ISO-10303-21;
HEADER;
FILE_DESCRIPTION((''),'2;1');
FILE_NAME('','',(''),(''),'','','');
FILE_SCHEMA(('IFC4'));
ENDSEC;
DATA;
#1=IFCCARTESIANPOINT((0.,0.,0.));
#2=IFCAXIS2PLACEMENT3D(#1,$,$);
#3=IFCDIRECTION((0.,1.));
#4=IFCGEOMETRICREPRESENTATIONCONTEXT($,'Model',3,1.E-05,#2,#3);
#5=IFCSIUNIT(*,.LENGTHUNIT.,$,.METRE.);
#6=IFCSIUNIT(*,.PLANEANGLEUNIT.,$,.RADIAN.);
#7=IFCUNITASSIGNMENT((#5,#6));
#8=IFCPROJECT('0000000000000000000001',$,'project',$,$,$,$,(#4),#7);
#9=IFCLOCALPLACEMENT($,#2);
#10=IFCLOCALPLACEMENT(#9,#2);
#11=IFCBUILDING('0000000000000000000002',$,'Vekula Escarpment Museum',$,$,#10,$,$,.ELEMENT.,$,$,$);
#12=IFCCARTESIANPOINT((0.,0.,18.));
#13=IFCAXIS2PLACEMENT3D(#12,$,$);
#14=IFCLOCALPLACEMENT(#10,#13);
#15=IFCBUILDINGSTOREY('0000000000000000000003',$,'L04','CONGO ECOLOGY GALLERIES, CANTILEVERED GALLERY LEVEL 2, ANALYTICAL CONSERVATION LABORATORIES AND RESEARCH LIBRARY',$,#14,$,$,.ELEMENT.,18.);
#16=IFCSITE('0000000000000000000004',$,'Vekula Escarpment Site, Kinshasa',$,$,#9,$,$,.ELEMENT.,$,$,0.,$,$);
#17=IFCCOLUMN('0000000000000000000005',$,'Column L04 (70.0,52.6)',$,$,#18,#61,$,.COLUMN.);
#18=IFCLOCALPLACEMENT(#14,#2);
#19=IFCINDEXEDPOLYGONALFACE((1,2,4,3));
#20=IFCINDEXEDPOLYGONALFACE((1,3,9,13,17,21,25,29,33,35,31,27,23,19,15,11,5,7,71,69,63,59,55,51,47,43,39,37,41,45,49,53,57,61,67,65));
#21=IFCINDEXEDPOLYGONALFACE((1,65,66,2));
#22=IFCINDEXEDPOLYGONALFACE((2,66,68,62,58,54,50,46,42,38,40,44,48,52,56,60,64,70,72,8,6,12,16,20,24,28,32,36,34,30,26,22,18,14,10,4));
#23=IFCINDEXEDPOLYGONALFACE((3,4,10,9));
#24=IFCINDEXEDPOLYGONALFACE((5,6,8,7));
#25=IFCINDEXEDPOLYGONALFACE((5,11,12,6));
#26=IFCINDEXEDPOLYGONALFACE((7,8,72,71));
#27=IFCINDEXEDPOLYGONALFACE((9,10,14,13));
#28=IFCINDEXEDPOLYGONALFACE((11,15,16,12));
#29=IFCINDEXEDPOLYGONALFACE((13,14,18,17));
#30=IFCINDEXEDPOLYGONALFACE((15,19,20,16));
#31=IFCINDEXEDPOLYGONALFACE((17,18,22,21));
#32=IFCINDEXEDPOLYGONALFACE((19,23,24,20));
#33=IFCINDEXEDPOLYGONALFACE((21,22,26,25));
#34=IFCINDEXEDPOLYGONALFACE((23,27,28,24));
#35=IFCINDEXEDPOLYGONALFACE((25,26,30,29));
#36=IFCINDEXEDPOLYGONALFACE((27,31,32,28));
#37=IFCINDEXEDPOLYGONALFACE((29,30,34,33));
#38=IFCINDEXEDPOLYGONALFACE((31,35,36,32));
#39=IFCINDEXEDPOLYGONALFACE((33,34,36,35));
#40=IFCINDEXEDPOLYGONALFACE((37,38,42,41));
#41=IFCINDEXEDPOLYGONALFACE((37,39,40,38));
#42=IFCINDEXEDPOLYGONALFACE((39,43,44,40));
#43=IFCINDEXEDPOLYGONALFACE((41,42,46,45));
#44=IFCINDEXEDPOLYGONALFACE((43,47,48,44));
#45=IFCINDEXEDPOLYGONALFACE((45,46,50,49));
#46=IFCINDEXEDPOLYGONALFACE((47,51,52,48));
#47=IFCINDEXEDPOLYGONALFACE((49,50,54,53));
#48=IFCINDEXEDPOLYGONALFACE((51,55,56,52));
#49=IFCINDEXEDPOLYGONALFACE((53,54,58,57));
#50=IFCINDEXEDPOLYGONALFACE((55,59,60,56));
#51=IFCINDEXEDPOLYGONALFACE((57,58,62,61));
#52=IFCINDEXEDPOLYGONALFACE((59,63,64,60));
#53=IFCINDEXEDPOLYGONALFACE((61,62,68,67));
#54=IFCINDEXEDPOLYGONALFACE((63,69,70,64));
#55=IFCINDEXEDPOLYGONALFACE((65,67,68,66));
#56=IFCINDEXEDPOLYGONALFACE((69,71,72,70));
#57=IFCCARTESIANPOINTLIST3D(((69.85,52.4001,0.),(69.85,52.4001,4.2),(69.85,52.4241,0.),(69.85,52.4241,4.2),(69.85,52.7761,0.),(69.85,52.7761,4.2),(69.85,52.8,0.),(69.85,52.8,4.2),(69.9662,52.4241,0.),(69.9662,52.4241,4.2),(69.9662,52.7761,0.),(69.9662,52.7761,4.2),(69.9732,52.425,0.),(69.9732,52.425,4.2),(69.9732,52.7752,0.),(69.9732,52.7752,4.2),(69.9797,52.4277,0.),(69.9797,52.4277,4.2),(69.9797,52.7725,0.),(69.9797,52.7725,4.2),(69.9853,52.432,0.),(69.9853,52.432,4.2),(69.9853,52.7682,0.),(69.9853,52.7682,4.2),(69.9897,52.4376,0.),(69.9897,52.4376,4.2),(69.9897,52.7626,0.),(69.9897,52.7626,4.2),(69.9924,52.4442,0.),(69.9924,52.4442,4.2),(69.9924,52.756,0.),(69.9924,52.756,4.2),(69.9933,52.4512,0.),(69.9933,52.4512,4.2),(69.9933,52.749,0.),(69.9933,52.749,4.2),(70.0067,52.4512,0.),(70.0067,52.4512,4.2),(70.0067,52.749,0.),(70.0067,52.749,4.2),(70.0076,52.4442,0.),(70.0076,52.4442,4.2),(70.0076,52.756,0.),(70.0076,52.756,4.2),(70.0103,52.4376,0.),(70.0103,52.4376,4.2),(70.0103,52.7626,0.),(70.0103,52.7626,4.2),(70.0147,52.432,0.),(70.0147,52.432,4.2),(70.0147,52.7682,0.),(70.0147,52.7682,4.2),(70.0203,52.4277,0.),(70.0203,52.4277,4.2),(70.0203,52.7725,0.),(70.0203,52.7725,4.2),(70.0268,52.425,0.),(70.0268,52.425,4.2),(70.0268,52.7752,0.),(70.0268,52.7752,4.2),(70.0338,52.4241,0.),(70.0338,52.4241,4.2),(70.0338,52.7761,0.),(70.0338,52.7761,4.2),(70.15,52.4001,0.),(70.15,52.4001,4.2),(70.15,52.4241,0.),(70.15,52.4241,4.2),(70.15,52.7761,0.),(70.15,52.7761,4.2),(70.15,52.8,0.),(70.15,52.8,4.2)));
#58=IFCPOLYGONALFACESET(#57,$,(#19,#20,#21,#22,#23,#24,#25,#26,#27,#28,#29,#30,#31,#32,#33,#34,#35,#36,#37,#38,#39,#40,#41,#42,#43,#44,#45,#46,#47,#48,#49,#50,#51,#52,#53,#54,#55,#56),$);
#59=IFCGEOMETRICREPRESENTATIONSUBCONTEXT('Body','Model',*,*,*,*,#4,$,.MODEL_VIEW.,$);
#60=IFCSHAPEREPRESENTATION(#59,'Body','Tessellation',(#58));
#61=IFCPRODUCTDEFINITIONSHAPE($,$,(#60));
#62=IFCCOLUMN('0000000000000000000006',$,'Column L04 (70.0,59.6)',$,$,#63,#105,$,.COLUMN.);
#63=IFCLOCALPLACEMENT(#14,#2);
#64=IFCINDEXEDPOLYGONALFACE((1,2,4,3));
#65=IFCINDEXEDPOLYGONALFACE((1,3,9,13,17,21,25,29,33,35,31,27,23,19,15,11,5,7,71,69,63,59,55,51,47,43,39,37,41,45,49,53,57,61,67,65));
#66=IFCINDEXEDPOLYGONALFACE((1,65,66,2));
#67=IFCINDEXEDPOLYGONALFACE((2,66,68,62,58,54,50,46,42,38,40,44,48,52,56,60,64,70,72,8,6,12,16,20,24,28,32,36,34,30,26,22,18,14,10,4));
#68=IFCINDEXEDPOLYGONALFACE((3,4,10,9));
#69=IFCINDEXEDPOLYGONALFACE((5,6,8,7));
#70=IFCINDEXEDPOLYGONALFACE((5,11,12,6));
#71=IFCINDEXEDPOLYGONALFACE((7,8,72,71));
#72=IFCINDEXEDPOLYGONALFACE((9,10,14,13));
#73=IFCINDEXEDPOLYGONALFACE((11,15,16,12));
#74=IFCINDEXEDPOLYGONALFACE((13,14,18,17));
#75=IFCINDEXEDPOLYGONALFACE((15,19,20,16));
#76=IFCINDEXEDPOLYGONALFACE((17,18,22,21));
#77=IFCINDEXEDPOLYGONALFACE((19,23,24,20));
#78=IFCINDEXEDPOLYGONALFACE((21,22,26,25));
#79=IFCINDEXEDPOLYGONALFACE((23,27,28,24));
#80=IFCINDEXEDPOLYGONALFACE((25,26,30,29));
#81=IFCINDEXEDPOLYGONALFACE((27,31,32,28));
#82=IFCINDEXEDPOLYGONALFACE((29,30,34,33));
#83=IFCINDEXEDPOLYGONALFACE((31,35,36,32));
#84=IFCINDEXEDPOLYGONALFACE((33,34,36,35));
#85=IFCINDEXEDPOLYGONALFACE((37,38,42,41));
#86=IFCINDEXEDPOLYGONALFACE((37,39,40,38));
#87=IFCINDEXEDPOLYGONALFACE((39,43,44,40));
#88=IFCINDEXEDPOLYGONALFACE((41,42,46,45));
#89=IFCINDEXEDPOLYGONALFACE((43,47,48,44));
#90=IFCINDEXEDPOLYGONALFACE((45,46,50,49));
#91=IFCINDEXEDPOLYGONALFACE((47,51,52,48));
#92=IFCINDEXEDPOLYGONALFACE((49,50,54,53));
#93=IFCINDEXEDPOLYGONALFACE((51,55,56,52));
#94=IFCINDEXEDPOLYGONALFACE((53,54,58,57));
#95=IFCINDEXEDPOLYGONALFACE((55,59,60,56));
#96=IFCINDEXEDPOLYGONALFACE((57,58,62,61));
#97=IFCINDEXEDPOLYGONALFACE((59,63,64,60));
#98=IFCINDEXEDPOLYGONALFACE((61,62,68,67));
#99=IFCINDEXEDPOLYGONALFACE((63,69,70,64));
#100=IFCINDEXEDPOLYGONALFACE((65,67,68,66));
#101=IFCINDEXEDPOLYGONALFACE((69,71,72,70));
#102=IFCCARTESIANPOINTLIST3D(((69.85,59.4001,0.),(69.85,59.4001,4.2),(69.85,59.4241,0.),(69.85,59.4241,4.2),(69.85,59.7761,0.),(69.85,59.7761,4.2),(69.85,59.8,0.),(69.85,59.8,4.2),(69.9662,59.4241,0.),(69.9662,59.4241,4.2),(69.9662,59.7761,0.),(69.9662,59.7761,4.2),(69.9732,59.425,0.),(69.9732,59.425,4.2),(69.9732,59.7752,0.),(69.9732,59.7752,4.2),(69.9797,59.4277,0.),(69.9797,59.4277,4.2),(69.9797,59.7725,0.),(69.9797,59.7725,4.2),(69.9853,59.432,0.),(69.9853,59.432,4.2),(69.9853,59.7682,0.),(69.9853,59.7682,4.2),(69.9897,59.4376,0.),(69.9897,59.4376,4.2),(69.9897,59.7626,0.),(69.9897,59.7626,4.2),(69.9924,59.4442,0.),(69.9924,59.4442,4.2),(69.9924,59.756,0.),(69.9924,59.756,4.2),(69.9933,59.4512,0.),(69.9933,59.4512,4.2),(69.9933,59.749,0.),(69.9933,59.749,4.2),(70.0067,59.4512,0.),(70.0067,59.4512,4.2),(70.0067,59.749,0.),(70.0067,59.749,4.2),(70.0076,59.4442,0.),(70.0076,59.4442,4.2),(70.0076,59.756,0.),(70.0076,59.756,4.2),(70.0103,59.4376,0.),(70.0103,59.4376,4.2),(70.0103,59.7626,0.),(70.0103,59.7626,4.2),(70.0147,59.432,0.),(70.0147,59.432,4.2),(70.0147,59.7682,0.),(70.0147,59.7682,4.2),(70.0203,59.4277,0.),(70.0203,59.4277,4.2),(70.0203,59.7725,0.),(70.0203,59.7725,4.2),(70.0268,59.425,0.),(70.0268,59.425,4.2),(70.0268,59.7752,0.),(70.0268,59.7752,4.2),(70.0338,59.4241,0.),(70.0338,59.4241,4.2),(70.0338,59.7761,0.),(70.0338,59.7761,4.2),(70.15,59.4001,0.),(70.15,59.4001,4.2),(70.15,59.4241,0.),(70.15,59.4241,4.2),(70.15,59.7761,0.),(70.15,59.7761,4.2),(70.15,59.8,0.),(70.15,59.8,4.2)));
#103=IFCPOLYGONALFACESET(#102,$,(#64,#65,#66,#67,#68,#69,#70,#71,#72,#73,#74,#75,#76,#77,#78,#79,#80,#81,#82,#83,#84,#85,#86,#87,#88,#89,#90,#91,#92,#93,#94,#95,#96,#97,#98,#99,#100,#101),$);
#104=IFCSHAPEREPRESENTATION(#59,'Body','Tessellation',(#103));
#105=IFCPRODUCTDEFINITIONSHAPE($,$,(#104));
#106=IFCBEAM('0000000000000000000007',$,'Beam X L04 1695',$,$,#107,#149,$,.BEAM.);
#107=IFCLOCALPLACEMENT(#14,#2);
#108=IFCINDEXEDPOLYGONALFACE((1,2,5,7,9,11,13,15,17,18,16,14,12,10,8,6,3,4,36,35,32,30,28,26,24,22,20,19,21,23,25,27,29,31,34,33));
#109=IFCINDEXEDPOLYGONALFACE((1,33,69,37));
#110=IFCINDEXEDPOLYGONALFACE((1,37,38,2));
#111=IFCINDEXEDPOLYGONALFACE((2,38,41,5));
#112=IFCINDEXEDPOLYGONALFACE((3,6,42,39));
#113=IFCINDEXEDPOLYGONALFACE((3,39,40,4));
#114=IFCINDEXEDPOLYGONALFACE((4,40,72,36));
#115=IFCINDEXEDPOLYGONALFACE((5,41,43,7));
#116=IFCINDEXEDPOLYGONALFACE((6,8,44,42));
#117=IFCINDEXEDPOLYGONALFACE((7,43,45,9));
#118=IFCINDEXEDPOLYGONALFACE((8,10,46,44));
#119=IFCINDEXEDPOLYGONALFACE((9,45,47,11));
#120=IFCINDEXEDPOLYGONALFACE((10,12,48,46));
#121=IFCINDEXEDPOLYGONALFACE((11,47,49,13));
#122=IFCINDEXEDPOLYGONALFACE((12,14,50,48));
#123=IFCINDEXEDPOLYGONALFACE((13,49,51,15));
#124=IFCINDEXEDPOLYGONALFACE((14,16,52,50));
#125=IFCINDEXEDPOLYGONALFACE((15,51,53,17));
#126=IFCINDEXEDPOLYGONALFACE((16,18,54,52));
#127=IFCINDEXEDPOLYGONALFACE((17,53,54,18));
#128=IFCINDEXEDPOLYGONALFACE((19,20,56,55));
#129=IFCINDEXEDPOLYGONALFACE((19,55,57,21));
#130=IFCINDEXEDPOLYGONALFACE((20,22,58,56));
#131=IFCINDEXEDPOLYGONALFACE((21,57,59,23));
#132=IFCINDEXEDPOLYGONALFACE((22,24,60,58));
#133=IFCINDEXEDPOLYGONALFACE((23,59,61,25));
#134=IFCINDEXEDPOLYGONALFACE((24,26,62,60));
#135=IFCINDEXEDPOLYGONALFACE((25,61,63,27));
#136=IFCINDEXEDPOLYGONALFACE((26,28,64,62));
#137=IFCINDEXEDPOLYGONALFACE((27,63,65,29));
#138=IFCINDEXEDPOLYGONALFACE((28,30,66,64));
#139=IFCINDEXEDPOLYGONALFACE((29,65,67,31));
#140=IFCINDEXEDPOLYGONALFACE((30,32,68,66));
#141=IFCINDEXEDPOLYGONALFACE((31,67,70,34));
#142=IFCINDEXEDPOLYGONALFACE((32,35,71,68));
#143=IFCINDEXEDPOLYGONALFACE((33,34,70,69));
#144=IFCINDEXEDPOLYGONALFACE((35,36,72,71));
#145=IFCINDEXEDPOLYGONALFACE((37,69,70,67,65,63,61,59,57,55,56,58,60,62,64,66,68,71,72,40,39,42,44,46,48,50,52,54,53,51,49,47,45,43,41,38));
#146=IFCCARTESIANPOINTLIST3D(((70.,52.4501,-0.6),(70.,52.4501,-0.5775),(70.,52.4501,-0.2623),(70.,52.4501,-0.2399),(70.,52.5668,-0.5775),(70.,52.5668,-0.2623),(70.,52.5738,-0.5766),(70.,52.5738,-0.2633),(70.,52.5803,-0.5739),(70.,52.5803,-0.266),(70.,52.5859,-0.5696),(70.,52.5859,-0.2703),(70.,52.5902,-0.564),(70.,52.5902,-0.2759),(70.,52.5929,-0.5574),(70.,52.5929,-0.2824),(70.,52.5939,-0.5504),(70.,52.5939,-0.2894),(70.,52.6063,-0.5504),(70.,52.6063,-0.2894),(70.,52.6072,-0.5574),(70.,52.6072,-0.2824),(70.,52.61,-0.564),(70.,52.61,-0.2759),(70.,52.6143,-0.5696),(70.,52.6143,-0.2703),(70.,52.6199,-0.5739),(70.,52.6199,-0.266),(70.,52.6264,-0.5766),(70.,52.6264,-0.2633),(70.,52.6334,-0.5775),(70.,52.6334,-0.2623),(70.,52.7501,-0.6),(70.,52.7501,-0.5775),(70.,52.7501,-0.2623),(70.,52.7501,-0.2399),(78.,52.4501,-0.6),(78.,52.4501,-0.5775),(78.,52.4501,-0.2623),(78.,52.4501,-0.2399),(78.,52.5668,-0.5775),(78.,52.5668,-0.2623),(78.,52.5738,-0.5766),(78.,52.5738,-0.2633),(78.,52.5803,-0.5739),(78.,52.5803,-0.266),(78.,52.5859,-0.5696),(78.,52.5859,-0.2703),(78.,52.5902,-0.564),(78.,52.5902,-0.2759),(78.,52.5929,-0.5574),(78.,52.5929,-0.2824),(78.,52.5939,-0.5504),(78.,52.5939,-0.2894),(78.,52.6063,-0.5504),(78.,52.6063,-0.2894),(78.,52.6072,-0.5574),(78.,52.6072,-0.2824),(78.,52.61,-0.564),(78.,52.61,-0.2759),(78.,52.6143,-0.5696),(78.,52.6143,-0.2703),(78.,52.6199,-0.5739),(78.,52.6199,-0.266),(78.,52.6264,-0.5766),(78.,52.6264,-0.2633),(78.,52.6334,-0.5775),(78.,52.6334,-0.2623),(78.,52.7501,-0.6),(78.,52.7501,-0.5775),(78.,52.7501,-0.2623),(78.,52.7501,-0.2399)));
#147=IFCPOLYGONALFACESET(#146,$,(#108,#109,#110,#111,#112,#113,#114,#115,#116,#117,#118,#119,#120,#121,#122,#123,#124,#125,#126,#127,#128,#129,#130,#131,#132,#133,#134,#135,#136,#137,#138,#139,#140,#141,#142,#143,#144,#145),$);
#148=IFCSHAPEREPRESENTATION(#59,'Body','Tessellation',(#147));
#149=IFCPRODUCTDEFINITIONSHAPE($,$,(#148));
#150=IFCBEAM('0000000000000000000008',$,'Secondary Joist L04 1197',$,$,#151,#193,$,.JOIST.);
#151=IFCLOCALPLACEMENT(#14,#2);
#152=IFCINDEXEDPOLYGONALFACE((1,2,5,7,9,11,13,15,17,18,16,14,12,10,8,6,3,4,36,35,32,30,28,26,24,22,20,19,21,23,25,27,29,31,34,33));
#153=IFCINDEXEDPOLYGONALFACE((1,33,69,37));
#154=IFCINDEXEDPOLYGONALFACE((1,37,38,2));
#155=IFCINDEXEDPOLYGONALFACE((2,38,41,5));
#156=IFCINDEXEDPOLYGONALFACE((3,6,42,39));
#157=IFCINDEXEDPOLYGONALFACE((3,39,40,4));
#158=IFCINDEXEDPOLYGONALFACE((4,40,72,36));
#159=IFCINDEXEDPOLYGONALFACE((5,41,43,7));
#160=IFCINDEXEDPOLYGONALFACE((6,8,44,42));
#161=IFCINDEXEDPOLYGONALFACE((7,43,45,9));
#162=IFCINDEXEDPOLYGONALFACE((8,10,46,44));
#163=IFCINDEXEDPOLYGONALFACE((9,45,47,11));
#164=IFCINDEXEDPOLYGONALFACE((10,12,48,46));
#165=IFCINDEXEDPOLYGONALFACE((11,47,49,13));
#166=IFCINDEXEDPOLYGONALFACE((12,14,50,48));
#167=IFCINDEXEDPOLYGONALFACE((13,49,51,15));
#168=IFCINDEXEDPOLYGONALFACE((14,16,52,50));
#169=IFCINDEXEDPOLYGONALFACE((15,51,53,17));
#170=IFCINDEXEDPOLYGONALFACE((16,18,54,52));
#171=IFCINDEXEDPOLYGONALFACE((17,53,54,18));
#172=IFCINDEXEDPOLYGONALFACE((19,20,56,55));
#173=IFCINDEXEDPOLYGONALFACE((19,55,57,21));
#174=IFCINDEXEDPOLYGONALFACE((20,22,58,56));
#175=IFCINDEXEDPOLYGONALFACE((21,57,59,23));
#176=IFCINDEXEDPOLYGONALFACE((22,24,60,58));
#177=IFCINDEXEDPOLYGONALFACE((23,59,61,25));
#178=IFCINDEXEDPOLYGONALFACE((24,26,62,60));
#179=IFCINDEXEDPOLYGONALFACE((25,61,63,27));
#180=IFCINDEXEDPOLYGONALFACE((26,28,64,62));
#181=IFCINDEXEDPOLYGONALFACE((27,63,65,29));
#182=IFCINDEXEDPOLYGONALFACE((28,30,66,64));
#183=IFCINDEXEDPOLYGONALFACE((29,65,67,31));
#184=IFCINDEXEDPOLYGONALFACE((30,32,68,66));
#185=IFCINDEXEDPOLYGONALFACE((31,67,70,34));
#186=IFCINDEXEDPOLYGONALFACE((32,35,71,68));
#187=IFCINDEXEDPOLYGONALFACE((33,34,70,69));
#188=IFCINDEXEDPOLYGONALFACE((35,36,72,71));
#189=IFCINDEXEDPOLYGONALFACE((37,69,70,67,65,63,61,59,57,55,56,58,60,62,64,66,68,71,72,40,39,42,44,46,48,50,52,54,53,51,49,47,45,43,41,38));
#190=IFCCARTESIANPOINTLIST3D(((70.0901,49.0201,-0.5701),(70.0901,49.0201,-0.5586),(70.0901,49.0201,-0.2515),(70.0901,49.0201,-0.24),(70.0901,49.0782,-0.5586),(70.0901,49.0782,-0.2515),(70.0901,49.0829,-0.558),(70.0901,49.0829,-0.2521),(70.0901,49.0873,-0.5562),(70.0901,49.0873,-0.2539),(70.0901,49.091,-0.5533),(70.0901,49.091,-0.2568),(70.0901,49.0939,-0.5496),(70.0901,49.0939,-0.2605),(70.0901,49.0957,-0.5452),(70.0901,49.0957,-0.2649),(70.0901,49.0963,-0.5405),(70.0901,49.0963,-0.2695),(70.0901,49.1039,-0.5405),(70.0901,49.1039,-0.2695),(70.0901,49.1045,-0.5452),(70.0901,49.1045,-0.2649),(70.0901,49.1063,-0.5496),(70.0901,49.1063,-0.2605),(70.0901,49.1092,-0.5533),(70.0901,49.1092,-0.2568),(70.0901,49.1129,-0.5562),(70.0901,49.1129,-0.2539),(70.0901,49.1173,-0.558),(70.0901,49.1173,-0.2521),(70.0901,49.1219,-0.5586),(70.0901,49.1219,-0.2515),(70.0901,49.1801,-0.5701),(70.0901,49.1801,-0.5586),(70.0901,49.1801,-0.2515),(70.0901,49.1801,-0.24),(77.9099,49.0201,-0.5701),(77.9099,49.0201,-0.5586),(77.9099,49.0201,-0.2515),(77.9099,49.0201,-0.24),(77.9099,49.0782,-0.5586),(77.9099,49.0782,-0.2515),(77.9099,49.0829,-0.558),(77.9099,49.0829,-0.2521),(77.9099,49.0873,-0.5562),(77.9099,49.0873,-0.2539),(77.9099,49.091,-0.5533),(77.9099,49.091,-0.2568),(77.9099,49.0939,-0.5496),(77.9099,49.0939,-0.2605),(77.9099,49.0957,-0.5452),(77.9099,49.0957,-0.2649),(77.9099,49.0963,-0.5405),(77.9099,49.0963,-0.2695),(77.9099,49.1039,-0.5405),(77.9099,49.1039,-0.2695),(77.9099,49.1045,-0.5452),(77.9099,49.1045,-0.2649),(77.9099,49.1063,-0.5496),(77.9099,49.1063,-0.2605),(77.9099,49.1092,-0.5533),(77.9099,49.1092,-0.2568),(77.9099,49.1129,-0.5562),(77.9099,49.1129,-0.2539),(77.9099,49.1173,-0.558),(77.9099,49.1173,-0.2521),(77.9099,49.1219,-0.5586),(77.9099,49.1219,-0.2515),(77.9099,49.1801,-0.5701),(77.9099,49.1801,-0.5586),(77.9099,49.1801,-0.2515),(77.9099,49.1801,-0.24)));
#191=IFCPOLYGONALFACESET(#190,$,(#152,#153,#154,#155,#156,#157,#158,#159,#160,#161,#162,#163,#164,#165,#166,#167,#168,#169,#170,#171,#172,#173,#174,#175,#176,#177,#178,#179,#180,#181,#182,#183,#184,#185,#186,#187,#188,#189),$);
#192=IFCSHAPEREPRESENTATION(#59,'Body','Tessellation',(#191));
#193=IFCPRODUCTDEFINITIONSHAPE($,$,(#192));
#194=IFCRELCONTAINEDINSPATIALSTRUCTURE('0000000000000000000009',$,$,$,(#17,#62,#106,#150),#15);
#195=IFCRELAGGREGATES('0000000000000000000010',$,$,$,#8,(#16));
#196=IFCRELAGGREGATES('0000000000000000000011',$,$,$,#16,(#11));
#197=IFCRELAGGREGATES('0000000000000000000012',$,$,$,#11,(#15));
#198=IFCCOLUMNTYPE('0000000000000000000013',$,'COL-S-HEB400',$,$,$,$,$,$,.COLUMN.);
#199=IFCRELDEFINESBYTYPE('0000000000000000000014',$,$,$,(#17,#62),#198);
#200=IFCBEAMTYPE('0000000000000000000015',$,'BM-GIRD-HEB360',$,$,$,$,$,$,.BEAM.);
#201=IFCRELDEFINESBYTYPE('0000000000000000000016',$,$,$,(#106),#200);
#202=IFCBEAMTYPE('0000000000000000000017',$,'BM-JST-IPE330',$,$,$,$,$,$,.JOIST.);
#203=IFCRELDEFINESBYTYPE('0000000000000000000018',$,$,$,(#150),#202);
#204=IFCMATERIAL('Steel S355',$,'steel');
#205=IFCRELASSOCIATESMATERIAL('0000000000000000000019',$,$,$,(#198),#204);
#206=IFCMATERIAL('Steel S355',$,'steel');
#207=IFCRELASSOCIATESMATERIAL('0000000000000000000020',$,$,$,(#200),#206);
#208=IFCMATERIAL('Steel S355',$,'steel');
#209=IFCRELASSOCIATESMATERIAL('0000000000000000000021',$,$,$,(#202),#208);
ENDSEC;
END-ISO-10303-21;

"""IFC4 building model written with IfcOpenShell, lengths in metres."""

from ifc_helpers import new_model, si_unit, direction, frame, origin, origin_2d, place, context, subcontext, project, spatial, i_section, extrude, material, material_profile, profile_set, type_object, element, save


model = new_model("IFC4")

# Units and contexts
model_context = context("Model", 3, precision=1e-05, world=origin(), true_north=direction((0.0, 1.0)))
body_context = subcontext(model_context, "Body", "Model", "MODEL_VIEW")
ifc_project = project(units=[si_unit("LENGTHUNIT", "METRE"), si_unit("PLANEANGLEUNIT", "RADIAN")], contexts=[model_context])

# Site, building, storey
site_placement = place(None, origin())
site = spatial("IfcSite", under=ifc_project, at=site_placement, Name="Vekula Escarpment Site, Kinshasa", CompositionType="ELEMENT", RefElevation=0.0)
building_placement = place(site_placement, origin())
building = spatial("IfcBuilding", under=site, at=building_placement, Name="Vekula Escarpment Museum", CompositionType="ELEMENT")
storey_placement = place(building_placement, frame((0.0, 0.0, 18.0)))
storey = spatial("IfcBuildingStorey", under=building, at=storey_placement, Name="L04", Description="CONGO ECOLOGY GALLERIES, CANTILEVERED GALLERY LEVEL 2, ANALYTICAL CONSERVATION LABORATORIES AND RESEARCH LIBRARY", CompositionType="ELEMENT", Elevation=18.0)

# Columns
ifc_material_1 = material(Name="Steel S355", Category="steel")
ifc_material_profile_1 = material_profile(ifc_material_1, i_section(OverallWidth=0.3, OverallDepth=0.3999, WebThickness=0.0134, FlangeThickness=0.0239, FilletRadius=0.0271, at=origin_2d()), Name="HEB 400")
ifc_profile_set_1 = profile_set([ifc_material_profile_1], Name="Steel S355")
column_type = type_object("IfcColumnType", Name="COL-S-HEB400", PredefinedType="COLUMN", material=ifc_profile_set_1)
for number, where, z_axis, x_axis, name in (
    (1, (70.0, 52.6001, 0.0), (0.0, 0.0, 1.0), (1.0, 0.0, 0.0), "Column L04 (70.0,52.6)"),
    (2, (70.0, 59.6001, 0.0), (0.0, 0.0, 1.0), (1.0, 0.0, 0.0), "Column L04 (70.0,59.6)"),
):
    element("IfcColumn", number, at=place(storey_placement, frame(where, z_axis=z_axis, x_axis=x_axis)), inside=storey, type_object=column_type, Name=name, PredefinedType="COLUMN", context=body_context, shape_type="SweptSolid", body=[
        extrude(i_section(OverallWidth=0.3, OverallDepth=0.3999, WebThickness=0.0134, FlangeThickness=0.0239, FilletRadius=0.0271, at=origin_2d()), origin(), (0.0, 0.0, 1.0), 4.2),
    ])

# Beams
ifc_material_2 = material(Name="Steel S355", Category="steel")
ifc_material_profile_2 = material_profile(ifc_material_2, i_section(OverallWidth=0.3, OverallDepth=0.3601, WebThickness=0.0125, FlangeThickness=0.0225, FilletRadius=0.0271, at=origin_2d()), Name="HEB 360")
ifc_profile_set_2 = profile_set([ifc_material_profile_2], Name="Steel S355")
beam_type_1 = type_object("IfcBeamType", Name="BM-GIRD-HEB360", PredefinedType="BEAM", material=ifc_profile_set_2)
beam_1_placement = place(storey_placement, frame((70.0, 52.6001, -0.4199), z_axis=(1.0, 0.0, 0.0), x_axis=(0.0, 1.0, 0.0)))
element("IfcBeam", 3, at=beam_1_placement, inside=storey, type_object=beam_type_1, Name="Beam X L04 1695", PredefinedType="BEAM", context=body_context, shape_type="SweptSolid", body=[
    extrude(i_section(OverallWidth=0.3, OverallDepth=0.3601, WebThickness=0.0125, FlangeThickness=0.0225, FilletRadius=0.0271, at=origin_2d()), origin(), (0.0, 0.0, 1.0), 8.0),
])
ifc_material_3 = material(Name="Steel S355", Category="steel")
ifc_material_profile_3 = material_profile(ifc_material_3, i_section(OverallWidth=0.1599, OverallDepth=0.3301, WebThickness=0.0076, FlangeThickness=0.0115, FilletRadius=0.0181, at=origin_2d()), Name="IPE 330")
ifc_profile_set_3 = profile_set([ifc_material_profile_3], Name="Steel S355")
beam_type_2 = type_object("IfcBeamType", Name="BM-JST-IPE330", PredefinedType="JOIST", material=ifc_profile_set_3)
beam_2_placement = place(storey_placement, frame((70.0901, 49.1001, -0.405), z_axis=(1.0, 0.0, 0.0), x_axis=(0.0, 1.0, 0.0)))
element("IfcBeam", 4, at=beam_2_placement, inside=storey, type_object=beam_type_2, Name="Secondary Joist L04 1197", PredefinedType="JOIST", context=body_context, shape_type="SweptSolid", body=[
    extrude(i_section(OverallWidth=0.1599, OverallDepth=0.3301, WebThickness=0.0076, FlangeThickness=0.0115, FilletRadius=0.0181, at=origin_2d()), origin(), (0.0, 0.0, 1.0), 7.8198),
])

save(model, "model.ifc")
